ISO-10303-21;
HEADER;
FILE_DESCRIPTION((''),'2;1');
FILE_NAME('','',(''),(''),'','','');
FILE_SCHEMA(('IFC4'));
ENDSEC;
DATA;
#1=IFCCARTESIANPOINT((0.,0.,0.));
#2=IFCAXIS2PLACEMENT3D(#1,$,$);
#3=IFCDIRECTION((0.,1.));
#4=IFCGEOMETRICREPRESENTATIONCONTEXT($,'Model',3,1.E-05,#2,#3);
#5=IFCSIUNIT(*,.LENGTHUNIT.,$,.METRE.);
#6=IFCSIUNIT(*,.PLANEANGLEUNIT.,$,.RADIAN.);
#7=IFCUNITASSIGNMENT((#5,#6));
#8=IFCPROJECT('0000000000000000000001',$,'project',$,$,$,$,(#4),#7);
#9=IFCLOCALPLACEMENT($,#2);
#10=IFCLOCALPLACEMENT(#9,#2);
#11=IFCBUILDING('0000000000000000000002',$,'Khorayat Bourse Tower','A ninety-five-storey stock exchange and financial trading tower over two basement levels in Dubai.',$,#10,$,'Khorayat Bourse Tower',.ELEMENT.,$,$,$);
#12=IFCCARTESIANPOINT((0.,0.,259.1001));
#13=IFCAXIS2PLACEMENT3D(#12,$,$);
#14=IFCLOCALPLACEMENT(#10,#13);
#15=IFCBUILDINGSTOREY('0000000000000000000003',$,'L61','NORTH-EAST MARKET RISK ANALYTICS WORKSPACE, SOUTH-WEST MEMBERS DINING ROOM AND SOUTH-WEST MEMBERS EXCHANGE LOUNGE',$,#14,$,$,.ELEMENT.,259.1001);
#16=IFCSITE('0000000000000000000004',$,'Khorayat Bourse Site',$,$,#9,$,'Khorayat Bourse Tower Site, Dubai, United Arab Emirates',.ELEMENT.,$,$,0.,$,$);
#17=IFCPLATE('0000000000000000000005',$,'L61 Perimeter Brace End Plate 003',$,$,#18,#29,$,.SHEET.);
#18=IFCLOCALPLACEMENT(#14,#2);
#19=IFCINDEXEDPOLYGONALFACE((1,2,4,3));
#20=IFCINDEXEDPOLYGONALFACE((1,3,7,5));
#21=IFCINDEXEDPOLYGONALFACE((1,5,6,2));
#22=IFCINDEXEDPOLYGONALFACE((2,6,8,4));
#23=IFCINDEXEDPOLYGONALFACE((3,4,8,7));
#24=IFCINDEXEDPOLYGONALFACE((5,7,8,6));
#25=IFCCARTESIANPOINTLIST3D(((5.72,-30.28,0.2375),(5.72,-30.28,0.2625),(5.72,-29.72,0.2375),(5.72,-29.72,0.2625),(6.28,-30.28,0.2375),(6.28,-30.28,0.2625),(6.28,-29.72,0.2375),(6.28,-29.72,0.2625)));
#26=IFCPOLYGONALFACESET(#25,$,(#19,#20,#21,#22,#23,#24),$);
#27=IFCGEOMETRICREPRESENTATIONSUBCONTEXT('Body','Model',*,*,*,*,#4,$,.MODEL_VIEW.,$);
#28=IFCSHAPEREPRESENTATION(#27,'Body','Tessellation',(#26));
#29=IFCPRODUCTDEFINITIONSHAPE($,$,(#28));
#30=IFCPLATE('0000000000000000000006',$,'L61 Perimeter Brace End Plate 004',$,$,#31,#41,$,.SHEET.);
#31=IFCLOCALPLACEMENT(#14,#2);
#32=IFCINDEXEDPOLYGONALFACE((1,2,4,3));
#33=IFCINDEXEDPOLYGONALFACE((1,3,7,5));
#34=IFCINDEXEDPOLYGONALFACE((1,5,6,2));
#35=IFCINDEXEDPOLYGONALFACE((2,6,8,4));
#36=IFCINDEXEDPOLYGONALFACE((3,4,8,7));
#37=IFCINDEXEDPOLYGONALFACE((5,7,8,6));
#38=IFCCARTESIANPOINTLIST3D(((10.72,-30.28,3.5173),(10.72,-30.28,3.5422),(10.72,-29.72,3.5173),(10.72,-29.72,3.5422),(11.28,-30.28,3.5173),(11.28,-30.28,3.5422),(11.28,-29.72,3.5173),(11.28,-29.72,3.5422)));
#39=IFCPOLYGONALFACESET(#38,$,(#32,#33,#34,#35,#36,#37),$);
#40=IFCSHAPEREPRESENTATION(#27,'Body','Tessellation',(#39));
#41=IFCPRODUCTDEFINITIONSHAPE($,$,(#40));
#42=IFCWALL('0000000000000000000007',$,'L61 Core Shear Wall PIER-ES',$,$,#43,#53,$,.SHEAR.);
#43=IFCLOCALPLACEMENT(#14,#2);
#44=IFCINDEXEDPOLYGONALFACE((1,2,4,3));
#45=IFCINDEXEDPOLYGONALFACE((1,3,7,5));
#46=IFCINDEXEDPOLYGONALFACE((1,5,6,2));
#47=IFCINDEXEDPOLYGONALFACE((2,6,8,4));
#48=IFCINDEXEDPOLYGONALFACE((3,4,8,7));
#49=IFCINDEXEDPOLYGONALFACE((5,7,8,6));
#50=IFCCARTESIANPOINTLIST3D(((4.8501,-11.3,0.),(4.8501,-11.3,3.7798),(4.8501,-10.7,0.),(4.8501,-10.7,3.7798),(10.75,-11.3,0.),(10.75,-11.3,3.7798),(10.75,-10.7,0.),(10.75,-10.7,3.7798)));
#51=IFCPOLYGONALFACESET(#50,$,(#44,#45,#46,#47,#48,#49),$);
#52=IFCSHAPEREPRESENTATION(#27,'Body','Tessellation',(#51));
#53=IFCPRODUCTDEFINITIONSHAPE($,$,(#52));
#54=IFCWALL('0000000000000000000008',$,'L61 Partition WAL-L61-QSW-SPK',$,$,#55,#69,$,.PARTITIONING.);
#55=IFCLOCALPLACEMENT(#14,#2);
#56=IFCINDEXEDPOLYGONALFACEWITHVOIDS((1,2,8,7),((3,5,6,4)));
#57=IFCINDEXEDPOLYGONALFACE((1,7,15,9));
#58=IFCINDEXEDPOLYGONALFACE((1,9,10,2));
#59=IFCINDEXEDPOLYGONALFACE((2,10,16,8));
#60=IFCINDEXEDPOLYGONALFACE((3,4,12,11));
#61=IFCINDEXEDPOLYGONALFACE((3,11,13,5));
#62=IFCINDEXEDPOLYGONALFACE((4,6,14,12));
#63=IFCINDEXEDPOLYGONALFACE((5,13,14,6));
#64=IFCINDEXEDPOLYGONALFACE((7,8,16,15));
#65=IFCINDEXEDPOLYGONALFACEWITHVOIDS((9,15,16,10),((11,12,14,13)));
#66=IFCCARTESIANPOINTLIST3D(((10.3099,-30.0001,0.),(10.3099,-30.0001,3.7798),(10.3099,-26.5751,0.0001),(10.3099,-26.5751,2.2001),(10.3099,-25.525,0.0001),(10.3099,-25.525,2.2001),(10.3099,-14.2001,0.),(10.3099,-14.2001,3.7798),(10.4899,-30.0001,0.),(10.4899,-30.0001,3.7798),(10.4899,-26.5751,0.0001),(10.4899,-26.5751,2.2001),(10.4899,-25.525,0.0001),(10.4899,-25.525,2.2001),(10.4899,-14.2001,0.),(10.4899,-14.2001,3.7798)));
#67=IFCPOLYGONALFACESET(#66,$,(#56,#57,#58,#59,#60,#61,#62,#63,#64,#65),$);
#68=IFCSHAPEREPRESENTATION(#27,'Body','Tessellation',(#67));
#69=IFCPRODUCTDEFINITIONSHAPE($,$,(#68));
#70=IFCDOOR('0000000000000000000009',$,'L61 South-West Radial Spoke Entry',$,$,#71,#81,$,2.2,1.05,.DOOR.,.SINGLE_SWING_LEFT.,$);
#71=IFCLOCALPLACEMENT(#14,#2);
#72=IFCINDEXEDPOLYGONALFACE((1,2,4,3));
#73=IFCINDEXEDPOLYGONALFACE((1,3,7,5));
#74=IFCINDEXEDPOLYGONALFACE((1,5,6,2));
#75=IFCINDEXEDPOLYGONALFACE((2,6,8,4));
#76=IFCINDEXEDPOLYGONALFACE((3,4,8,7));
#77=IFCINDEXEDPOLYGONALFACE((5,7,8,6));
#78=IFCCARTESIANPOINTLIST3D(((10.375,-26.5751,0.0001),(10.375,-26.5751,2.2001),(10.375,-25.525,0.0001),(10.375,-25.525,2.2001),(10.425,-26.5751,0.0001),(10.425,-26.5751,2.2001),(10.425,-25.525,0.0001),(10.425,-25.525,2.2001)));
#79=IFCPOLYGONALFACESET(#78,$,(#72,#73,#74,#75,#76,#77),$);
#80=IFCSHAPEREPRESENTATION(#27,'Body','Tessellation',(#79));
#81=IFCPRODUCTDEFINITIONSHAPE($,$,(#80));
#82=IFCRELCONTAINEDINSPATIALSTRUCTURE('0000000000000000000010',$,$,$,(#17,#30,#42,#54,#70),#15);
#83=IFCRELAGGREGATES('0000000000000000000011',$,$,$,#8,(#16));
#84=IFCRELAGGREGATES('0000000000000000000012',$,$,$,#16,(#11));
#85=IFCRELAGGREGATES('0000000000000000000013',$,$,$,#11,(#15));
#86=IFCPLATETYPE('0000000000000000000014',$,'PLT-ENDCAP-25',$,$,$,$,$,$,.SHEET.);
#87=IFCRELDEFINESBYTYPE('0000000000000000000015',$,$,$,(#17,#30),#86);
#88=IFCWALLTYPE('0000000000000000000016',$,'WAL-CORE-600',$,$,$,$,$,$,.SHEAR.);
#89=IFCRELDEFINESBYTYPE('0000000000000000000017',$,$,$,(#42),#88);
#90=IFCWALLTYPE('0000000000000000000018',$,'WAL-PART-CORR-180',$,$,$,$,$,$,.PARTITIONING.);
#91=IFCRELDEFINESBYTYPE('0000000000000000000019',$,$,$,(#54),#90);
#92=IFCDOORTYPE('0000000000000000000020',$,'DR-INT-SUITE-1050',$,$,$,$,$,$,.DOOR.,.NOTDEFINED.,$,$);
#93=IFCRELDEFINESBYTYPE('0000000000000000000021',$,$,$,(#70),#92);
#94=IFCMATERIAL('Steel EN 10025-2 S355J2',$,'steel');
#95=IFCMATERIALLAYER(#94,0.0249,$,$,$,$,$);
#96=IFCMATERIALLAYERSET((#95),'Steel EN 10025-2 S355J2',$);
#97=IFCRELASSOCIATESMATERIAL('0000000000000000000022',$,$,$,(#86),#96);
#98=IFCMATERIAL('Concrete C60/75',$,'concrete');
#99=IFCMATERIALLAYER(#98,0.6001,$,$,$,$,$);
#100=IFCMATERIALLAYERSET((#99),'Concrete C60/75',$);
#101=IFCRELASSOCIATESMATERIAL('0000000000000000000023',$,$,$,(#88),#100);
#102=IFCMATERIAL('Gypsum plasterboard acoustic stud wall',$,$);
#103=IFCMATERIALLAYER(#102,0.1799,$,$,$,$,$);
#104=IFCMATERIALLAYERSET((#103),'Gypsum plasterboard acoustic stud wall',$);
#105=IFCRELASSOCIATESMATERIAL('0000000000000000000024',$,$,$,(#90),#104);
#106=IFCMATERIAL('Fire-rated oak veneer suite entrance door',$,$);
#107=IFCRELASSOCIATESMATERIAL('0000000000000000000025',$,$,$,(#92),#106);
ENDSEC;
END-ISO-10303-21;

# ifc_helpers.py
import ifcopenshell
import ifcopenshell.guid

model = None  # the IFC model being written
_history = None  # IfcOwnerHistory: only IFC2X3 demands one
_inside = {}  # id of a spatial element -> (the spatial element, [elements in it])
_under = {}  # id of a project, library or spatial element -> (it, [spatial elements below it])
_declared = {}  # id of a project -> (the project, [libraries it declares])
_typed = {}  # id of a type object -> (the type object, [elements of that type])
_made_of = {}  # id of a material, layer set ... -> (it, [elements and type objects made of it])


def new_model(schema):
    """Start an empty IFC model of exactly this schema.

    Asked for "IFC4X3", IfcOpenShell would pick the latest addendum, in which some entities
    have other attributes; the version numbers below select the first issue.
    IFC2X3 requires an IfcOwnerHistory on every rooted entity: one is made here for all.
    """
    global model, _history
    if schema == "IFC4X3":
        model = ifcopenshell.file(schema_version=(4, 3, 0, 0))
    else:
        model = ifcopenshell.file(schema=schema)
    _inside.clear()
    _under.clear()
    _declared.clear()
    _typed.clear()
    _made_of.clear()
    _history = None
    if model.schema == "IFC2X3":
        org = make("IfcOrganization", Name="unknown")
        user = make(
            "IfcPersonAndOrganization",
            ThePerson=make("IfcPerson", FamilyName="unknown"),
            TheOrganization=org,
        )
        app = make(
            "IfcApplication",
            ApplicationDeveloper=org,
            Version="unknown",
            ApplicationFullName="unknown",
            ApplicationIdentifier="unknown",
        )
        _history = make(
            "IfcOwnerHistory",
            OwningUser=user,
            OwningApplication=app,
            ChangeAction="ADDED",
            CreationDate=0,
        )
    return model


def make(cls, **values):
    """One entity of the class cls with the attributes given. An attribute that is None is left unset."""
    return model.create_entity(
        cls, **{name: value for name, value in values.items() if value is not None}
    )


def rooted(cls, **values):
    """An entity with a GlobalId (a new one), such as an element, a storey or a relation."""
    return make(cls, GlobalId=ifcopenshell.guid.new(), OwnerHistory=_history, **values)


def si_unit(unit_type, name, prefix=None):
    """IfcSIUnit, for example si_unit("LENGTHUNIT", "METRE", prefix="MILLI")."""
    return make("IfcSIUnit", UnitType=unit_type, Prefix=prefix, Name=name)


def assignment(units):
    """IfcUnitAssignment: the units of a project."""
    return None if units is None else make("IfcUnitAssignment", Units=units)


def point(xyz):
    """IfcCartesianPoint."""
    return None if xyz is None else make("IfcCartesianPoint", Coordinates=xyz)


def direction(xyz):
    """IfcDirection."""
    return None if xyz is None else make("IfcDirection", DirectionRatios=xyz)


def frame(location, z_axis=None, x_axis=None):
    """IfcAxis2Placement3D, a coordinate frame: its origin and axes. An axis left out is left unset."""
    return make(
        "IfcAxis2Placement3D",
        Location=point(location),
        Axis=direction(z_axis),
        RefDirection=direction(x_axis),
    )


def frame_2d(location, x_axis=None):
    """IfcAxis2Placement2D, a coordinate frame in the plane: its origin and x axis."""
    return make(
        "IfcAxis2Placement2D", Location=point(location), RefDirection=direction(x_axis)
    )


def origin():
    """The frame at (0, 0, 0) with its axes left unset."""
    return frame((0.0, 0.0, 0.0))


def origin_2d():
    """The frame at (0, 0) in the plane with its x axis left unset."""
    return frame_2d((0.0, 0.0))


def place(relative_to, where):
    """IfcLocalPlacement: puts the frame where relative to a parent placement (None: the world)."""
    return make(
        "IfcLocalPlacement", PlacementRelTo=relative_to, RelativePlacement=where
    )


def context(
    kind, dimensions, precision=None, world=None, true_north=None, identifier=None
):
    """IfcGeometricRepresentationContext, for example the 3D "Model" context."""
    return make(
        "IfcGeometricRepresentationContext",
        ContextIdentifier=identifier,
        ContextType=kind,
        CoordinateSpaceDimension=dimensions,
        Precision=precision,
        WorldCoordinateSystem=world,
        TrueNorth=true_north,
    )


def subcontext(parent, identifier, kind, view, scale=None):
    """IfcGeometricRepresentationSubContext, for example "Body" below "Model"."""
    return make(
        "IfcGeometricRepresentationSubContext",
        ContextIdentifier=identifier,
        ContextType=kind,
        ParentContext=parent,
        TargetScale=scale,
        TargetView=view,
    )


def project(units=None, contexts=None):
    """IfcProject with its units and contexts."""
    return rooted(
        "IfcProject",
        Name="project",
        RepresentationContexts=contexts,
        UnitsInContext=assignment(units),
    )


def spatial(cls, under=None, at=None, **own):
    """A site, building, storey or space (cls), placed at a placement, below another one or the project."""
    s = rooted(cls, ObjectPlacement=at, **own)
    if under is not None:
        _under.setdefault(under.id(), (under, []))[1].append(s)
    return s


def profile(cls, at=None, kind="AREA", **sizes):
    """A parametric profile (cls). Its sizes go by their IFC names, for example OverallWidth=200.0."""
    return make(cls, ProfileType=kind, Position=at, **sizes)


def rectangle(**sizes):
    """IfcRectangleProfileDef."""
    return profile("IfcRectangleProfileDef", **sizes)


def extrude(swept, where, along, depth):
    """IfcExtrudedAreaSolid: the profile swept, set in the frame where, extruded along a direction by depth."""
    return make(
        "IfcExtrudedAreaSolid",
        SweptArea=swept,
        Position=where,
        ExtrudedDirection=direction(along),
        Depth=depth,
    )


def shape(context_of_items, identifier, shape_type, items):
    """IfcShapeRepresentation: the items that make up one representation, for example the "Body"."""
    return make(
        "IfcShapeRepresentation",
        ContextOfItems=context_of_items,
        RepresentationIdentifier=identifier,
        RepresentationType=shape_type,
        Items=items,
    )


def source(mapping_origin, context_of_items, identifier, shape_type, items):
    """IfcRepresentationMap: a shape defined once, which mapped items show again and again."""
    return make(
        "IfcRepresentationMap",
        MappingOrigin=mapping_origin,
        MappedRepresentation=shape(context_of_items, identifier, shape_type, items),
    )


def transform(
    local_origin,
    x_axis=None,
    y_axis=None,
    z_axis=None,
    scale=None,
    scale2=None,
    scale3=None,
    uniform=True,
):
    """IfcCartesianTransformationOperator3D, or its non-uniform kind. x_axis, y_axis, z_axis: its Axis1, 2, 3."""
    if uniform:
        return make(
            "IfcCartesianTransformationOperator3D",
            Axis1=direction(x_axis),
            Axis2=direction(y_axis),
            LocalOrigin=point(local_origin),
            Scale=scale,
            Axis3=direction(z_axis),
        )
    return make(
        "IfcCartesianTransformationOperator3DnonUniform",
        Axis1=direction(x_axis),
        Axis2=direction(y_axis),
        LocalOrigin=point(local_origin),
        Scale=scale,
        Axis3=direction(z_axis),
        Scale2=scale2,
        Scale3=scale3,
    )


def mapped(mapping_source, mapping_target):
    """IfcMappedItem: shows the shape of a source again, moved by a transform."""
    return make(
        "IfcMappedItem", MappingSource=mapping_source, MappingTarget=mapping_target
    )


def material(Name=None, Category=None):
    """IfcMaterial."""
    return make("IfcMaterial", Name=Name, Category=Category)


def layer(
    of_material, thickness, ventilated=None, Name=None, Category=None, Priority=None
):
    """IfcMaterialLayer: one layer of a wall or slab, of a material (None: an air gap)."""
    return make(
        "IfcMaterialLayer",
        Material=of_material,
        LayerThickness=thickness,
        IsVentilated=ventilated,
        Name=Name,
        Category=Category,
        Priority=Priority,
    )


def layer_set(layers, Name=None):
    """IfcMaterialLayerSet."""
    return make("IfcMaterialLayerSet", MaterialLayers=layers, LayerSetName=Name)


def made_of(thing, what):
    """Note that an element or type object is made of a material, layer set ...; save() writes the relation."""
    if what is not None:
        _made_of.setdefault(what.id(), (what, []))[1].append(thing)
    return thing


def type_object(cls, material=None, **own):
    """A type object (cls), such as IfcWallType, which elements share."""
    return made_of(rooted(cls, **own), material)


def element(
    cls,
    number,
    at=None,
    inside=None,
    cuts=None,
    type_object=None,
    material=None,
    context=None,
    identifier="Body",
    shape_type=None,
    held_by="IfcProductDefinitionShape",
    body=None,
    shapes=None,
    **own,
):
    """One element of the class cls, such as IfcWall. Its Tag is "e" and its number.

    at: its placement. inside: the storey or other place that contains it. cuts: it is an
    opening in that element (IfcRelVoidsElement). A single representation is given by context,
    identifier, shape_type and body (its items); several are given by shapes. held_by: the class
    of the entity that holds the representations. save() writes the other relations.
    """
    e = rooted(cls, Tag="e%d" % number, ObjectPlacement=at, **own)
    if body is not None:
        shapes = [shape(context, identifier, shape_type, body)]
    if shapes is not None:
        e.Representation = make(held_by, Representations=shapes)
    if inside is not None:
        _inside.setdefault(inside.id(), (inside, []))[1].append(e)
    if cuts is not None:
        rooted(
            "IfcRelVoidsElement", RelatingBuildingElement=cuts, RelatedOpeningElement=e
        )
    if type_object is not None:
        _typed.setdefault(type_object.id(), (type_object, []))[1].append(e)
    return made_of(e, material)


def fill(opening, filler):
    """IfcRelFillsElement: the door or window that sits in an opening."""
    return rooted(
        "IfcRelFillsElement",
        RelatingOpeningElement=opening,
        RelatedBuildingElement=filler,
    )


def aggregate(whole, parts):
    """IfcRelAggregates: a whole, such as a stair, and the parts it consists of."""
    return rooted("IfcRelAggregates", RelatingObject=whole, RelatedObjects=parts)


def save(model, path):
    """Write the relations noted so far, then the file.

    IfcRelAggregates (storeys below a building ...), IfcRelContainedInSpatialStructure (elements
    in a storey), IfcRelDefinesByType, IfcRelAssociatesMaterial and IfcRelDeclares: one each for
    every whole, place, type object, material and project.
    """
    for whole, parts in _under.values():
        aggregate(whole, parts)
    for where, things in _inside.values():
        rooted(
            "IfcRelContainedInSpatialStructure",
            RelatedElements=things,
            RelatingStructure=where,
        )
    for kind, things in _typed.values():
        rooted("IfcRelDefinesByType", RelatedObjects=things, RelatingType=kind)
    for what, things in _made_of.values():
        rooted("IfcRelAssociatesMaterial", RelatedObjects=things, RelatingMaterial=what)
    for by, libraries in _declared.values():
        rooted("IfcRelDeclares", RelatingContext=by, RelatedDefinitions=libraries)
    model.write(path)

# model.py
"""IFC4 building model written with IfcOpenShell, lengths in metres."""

from ifc_helpers import new_model, si_unit, direction, frame, frame_2d, origin, origin_2d, place, context, subcontext, project, spatial, rectangle, extrude, source, transform, mapped, material, layer, layer_set, type_object, element, fill, save


model = new_model("IFC4")

# Units and contexts
model_context = context("Model", 3, precision=1e-05, world=origin(), true_north=direction((0.0, 1.0)))
body_context = subcontext(model_context, "Body", "Model", "MODEL_VIEW")
ifc_project = project(units=[si_unit("LENGTHUNIT", "METRE"), si_unit("PLANEANGLEUNIT", "RADIAN")], contexts=[model_context])

# Site, building, storey
site_placement = place(None, origin())
site = spatial("IfcSite", under=ifc_project, at=site_placement, Name="Khorayat Bourse Site", LongName="Khorayat Bourse Tower Site, Dubai, United Arab Emirates", CompositionType="ELEMENT", RefElevation=0.0)
building_placement = place(site_placement, origin())
building = spatial("IfcBuilding", under=site, at=building_placement, Name="Khorayat Bourse Tower", Description="A ninety-five-storey stock exchange and financial trading tower over two basement levels in Dubai.", LongName="Khorayat Bourse Tower", CompositionType="ELEMENT")
storey_placement = place(building_placement, frame((0.0, 0.0, 259.1001)))
storey = spatial("IfcBuildingStorey", under=building, at=storey_placement, Name="L61", Description="NORTH-EAST MARKET RISK ANALYTICS WORKSPACE, SOUTH-WEST MEMBERS DINING ROOM AND SOUTH-WEST MEMBERS EXCHANGE LOUNGE", CompositionType="ELEMENT", Elevation=259.1001)

# Shared definitions
ifc_material_1 = material(Name="Concrete C60/75", Category="concrete")

# Plates
ifc_material_2 = material(Name="Steel EN 10025-2 S355J2", Category="steel")
ifc_layer_1 = layer(ifc_material_2, 0.0249)
ifc_layer_set_1 = layer_set([ifc_layer_1], Name="Steel EN 10025-2 S355J2")
plate_type = type_object("IfcPlateType", Name="PLT-ENDCAP-25", PredefinedType="SHEET", material=ifc_layer_set_1)
shared_shape_1 = source(origin(), body_context, "Body", "SweptSolid", [
    extrude(rectangle(XDim=0.5601, YDim=0.5601, at=origin_2d()), origin(), (0.0, 0.0, 1.0), 0.0249),
])
for number, where, z_axis, x_axis, name in (
    (1, (6.0, -30.0, 0.2375), (0.0, 0.0, 1.0), (1.0, 0.0, 0.0), "L61 Perimeter Brace End Plate 003"),
    (2, (11.0, -30.0, 3.5173), (0.0, 0.0, 1.0), (1.0, 0.0, 0.0), "L61 Perimeter Brace End Plate 004"),
):
    element("IfcPlate", number, at=place(storey_placement, frame(where, z_axis=z_axis, x_axis=x_axis)), inside=storey, type_object=plate_type, Name=name, PredefinedType="SHEET", context=body_context, shape_type="MappedRepresentation", body=[
        mapped(shared_shape_1, transform((0.0, 0.0, 0.0), scale=1.0)),
    ])

# Wall
ifc_layer_2 = layer(ifc_material_1, 0.6001)
ifc_layer_set_2 = layer_set([ifc_layer_2], Name="Concrete C60/75")
wall_type_1 = type_object("IfcWallType", Name="WAL-CORE-600", PredefinedType="SHEAR", material=ifc_layer_set_2)
shared_shape_2 = source(origin(), body_context, "Body", "SweptSolid", [
    extrude(rectangle(XDim=5.8999, YDim=0.6001, at=frame_2d((2.95, 0.0))), origin(), (0.0, 0.0, 1.0), 3.7798),
])
wall_1_placement = place(storey_placement, frame((4.8501, -11.0, 0.0), z_axis=(0.0, 0.0, 1.0), x_axis=(1.0, 0.0, 0.0)))
element("IfcWall", 3, at=wall_1_placement, inside=storey, type_object=wall_type_1, Name="L61 Core Shear Wall PIER-ES", PredefinedType="SHEAR", context=body_context, shape_type="MappedRepresentation", body=[
    mapped(shared_shape_2, transform((0.0, 0.0, 0.0), scale=1.0)),
])

# Wall, opening, door
ifc_material_3 = material(Name="Gypsum plasterboard acoustic stud wall")
ifc_layer_3 = layer(ifc_material_3, 0.1799)
ifc_layer_set_3 = layer_set([ifc_layer_3], Name="Gypsum plasterboard acoustic stud wall")
wall_type_2 = type_object("IfcWallType", Name="WAL-PART-CORR-180", PredefinedType="PARTITIONING", material=ifc_layer_set_3)
shared_shape_3 = source(origin(), body_context, "Body", "SweptSolid", [
    extrude(rectangle(XDim=15.8, YDim=0.1799, at=frame_2d((7.8999, 0.0))), origin(), (0.0, 0.0, 1.0), 3.7798),
])
wall_2_placement = place(storey_placement, frame((10.3999, -30.0, 0.0), z_axis=(0.0, 0.0, 1.0), x_axis=(0.0, 1.0, 0.0)))
wall_2 = element("IfcWall", 4, at=wall_2_placement, inside=storey, type_object=wall_type_2, Name="L61 Partition WAL-L61-QSW-SPK", PredefinedType="PARTITIONING", context=body_context, shape_type="MappedRepresentation", body=[
    mapped(shared_shape_3, transform((0.0, 0.0, 0.0), scale=1.0)),
])
shared_shape_4 = source(origin(), body_context, "Body", "SweptSolid", [
    extrude(rectangle(XDim=1.05, YDim=2.2, at=frame_2d((0.5249, 1.1001))), frame((0.0, 0.0999, 0.0), z_axis=(0.0, -1.0, 0.0), x_axis=(1.0, 0.0, 0.0)), (0.0, 0.0, 1.0), 0.2),
])
opening_1_placement = place(wall_2_placement, frame((3.425, 0.0, 0.0)))
opening_1 = element("IfcOpeningElement", 5, at=opening_1_placement, cuts=wall_2, PredefinedType="OPENING", context=body_context, shape_type="MappedRepresentation", body=[
    mapped(shared_shape_4, transform((0.0, 0.0, 0.0), scale=1.0)),
])
ifc_material_4 = material(Name="Fire-rated oak veneer suite entrance door")
door_type_1 = type_object("IfcDoorType", Name="DR-INT-SUITE-1050", OperationType="NOTDEFINED", PredefinedType="DOOR", material=ifc_material_4)
shared_shape_5 = source(origin(), body_context, "Body", "SweptSolid", [
    extrude(rectangle(XDim=1.05, YDim=2.2, at=frame_2d((0.5249, 1.1001))), frame((0.0, 0.0249, 0.0), z_axis=(0.0, -1.0, 0.0), x_axis=(1.0, 0.0, 0.0)), (0.0, 0.0, 1.0), 0.05),
])
door_1_placement = place(opening_1_placement, origin())
door_1 = element("IfcDoor", 6, at=door_1_placement, inside=storey, type_object=door_type_1, Name="L61 South-West Radial Spoke Entry", OperationType="SINGLE_SWING_LEFT", OverallHeight=2.2, OverallWidth=1.05, PredefinedType="DOOR", context=body_context, shape_type="MappedRepresentation", body=[
    mapped(shared_shape_5, transform((0.0, 0.0, 0.0), scale=1.0)),
])
fill(opening_1, door_1)

save(model, "model.ifc")
